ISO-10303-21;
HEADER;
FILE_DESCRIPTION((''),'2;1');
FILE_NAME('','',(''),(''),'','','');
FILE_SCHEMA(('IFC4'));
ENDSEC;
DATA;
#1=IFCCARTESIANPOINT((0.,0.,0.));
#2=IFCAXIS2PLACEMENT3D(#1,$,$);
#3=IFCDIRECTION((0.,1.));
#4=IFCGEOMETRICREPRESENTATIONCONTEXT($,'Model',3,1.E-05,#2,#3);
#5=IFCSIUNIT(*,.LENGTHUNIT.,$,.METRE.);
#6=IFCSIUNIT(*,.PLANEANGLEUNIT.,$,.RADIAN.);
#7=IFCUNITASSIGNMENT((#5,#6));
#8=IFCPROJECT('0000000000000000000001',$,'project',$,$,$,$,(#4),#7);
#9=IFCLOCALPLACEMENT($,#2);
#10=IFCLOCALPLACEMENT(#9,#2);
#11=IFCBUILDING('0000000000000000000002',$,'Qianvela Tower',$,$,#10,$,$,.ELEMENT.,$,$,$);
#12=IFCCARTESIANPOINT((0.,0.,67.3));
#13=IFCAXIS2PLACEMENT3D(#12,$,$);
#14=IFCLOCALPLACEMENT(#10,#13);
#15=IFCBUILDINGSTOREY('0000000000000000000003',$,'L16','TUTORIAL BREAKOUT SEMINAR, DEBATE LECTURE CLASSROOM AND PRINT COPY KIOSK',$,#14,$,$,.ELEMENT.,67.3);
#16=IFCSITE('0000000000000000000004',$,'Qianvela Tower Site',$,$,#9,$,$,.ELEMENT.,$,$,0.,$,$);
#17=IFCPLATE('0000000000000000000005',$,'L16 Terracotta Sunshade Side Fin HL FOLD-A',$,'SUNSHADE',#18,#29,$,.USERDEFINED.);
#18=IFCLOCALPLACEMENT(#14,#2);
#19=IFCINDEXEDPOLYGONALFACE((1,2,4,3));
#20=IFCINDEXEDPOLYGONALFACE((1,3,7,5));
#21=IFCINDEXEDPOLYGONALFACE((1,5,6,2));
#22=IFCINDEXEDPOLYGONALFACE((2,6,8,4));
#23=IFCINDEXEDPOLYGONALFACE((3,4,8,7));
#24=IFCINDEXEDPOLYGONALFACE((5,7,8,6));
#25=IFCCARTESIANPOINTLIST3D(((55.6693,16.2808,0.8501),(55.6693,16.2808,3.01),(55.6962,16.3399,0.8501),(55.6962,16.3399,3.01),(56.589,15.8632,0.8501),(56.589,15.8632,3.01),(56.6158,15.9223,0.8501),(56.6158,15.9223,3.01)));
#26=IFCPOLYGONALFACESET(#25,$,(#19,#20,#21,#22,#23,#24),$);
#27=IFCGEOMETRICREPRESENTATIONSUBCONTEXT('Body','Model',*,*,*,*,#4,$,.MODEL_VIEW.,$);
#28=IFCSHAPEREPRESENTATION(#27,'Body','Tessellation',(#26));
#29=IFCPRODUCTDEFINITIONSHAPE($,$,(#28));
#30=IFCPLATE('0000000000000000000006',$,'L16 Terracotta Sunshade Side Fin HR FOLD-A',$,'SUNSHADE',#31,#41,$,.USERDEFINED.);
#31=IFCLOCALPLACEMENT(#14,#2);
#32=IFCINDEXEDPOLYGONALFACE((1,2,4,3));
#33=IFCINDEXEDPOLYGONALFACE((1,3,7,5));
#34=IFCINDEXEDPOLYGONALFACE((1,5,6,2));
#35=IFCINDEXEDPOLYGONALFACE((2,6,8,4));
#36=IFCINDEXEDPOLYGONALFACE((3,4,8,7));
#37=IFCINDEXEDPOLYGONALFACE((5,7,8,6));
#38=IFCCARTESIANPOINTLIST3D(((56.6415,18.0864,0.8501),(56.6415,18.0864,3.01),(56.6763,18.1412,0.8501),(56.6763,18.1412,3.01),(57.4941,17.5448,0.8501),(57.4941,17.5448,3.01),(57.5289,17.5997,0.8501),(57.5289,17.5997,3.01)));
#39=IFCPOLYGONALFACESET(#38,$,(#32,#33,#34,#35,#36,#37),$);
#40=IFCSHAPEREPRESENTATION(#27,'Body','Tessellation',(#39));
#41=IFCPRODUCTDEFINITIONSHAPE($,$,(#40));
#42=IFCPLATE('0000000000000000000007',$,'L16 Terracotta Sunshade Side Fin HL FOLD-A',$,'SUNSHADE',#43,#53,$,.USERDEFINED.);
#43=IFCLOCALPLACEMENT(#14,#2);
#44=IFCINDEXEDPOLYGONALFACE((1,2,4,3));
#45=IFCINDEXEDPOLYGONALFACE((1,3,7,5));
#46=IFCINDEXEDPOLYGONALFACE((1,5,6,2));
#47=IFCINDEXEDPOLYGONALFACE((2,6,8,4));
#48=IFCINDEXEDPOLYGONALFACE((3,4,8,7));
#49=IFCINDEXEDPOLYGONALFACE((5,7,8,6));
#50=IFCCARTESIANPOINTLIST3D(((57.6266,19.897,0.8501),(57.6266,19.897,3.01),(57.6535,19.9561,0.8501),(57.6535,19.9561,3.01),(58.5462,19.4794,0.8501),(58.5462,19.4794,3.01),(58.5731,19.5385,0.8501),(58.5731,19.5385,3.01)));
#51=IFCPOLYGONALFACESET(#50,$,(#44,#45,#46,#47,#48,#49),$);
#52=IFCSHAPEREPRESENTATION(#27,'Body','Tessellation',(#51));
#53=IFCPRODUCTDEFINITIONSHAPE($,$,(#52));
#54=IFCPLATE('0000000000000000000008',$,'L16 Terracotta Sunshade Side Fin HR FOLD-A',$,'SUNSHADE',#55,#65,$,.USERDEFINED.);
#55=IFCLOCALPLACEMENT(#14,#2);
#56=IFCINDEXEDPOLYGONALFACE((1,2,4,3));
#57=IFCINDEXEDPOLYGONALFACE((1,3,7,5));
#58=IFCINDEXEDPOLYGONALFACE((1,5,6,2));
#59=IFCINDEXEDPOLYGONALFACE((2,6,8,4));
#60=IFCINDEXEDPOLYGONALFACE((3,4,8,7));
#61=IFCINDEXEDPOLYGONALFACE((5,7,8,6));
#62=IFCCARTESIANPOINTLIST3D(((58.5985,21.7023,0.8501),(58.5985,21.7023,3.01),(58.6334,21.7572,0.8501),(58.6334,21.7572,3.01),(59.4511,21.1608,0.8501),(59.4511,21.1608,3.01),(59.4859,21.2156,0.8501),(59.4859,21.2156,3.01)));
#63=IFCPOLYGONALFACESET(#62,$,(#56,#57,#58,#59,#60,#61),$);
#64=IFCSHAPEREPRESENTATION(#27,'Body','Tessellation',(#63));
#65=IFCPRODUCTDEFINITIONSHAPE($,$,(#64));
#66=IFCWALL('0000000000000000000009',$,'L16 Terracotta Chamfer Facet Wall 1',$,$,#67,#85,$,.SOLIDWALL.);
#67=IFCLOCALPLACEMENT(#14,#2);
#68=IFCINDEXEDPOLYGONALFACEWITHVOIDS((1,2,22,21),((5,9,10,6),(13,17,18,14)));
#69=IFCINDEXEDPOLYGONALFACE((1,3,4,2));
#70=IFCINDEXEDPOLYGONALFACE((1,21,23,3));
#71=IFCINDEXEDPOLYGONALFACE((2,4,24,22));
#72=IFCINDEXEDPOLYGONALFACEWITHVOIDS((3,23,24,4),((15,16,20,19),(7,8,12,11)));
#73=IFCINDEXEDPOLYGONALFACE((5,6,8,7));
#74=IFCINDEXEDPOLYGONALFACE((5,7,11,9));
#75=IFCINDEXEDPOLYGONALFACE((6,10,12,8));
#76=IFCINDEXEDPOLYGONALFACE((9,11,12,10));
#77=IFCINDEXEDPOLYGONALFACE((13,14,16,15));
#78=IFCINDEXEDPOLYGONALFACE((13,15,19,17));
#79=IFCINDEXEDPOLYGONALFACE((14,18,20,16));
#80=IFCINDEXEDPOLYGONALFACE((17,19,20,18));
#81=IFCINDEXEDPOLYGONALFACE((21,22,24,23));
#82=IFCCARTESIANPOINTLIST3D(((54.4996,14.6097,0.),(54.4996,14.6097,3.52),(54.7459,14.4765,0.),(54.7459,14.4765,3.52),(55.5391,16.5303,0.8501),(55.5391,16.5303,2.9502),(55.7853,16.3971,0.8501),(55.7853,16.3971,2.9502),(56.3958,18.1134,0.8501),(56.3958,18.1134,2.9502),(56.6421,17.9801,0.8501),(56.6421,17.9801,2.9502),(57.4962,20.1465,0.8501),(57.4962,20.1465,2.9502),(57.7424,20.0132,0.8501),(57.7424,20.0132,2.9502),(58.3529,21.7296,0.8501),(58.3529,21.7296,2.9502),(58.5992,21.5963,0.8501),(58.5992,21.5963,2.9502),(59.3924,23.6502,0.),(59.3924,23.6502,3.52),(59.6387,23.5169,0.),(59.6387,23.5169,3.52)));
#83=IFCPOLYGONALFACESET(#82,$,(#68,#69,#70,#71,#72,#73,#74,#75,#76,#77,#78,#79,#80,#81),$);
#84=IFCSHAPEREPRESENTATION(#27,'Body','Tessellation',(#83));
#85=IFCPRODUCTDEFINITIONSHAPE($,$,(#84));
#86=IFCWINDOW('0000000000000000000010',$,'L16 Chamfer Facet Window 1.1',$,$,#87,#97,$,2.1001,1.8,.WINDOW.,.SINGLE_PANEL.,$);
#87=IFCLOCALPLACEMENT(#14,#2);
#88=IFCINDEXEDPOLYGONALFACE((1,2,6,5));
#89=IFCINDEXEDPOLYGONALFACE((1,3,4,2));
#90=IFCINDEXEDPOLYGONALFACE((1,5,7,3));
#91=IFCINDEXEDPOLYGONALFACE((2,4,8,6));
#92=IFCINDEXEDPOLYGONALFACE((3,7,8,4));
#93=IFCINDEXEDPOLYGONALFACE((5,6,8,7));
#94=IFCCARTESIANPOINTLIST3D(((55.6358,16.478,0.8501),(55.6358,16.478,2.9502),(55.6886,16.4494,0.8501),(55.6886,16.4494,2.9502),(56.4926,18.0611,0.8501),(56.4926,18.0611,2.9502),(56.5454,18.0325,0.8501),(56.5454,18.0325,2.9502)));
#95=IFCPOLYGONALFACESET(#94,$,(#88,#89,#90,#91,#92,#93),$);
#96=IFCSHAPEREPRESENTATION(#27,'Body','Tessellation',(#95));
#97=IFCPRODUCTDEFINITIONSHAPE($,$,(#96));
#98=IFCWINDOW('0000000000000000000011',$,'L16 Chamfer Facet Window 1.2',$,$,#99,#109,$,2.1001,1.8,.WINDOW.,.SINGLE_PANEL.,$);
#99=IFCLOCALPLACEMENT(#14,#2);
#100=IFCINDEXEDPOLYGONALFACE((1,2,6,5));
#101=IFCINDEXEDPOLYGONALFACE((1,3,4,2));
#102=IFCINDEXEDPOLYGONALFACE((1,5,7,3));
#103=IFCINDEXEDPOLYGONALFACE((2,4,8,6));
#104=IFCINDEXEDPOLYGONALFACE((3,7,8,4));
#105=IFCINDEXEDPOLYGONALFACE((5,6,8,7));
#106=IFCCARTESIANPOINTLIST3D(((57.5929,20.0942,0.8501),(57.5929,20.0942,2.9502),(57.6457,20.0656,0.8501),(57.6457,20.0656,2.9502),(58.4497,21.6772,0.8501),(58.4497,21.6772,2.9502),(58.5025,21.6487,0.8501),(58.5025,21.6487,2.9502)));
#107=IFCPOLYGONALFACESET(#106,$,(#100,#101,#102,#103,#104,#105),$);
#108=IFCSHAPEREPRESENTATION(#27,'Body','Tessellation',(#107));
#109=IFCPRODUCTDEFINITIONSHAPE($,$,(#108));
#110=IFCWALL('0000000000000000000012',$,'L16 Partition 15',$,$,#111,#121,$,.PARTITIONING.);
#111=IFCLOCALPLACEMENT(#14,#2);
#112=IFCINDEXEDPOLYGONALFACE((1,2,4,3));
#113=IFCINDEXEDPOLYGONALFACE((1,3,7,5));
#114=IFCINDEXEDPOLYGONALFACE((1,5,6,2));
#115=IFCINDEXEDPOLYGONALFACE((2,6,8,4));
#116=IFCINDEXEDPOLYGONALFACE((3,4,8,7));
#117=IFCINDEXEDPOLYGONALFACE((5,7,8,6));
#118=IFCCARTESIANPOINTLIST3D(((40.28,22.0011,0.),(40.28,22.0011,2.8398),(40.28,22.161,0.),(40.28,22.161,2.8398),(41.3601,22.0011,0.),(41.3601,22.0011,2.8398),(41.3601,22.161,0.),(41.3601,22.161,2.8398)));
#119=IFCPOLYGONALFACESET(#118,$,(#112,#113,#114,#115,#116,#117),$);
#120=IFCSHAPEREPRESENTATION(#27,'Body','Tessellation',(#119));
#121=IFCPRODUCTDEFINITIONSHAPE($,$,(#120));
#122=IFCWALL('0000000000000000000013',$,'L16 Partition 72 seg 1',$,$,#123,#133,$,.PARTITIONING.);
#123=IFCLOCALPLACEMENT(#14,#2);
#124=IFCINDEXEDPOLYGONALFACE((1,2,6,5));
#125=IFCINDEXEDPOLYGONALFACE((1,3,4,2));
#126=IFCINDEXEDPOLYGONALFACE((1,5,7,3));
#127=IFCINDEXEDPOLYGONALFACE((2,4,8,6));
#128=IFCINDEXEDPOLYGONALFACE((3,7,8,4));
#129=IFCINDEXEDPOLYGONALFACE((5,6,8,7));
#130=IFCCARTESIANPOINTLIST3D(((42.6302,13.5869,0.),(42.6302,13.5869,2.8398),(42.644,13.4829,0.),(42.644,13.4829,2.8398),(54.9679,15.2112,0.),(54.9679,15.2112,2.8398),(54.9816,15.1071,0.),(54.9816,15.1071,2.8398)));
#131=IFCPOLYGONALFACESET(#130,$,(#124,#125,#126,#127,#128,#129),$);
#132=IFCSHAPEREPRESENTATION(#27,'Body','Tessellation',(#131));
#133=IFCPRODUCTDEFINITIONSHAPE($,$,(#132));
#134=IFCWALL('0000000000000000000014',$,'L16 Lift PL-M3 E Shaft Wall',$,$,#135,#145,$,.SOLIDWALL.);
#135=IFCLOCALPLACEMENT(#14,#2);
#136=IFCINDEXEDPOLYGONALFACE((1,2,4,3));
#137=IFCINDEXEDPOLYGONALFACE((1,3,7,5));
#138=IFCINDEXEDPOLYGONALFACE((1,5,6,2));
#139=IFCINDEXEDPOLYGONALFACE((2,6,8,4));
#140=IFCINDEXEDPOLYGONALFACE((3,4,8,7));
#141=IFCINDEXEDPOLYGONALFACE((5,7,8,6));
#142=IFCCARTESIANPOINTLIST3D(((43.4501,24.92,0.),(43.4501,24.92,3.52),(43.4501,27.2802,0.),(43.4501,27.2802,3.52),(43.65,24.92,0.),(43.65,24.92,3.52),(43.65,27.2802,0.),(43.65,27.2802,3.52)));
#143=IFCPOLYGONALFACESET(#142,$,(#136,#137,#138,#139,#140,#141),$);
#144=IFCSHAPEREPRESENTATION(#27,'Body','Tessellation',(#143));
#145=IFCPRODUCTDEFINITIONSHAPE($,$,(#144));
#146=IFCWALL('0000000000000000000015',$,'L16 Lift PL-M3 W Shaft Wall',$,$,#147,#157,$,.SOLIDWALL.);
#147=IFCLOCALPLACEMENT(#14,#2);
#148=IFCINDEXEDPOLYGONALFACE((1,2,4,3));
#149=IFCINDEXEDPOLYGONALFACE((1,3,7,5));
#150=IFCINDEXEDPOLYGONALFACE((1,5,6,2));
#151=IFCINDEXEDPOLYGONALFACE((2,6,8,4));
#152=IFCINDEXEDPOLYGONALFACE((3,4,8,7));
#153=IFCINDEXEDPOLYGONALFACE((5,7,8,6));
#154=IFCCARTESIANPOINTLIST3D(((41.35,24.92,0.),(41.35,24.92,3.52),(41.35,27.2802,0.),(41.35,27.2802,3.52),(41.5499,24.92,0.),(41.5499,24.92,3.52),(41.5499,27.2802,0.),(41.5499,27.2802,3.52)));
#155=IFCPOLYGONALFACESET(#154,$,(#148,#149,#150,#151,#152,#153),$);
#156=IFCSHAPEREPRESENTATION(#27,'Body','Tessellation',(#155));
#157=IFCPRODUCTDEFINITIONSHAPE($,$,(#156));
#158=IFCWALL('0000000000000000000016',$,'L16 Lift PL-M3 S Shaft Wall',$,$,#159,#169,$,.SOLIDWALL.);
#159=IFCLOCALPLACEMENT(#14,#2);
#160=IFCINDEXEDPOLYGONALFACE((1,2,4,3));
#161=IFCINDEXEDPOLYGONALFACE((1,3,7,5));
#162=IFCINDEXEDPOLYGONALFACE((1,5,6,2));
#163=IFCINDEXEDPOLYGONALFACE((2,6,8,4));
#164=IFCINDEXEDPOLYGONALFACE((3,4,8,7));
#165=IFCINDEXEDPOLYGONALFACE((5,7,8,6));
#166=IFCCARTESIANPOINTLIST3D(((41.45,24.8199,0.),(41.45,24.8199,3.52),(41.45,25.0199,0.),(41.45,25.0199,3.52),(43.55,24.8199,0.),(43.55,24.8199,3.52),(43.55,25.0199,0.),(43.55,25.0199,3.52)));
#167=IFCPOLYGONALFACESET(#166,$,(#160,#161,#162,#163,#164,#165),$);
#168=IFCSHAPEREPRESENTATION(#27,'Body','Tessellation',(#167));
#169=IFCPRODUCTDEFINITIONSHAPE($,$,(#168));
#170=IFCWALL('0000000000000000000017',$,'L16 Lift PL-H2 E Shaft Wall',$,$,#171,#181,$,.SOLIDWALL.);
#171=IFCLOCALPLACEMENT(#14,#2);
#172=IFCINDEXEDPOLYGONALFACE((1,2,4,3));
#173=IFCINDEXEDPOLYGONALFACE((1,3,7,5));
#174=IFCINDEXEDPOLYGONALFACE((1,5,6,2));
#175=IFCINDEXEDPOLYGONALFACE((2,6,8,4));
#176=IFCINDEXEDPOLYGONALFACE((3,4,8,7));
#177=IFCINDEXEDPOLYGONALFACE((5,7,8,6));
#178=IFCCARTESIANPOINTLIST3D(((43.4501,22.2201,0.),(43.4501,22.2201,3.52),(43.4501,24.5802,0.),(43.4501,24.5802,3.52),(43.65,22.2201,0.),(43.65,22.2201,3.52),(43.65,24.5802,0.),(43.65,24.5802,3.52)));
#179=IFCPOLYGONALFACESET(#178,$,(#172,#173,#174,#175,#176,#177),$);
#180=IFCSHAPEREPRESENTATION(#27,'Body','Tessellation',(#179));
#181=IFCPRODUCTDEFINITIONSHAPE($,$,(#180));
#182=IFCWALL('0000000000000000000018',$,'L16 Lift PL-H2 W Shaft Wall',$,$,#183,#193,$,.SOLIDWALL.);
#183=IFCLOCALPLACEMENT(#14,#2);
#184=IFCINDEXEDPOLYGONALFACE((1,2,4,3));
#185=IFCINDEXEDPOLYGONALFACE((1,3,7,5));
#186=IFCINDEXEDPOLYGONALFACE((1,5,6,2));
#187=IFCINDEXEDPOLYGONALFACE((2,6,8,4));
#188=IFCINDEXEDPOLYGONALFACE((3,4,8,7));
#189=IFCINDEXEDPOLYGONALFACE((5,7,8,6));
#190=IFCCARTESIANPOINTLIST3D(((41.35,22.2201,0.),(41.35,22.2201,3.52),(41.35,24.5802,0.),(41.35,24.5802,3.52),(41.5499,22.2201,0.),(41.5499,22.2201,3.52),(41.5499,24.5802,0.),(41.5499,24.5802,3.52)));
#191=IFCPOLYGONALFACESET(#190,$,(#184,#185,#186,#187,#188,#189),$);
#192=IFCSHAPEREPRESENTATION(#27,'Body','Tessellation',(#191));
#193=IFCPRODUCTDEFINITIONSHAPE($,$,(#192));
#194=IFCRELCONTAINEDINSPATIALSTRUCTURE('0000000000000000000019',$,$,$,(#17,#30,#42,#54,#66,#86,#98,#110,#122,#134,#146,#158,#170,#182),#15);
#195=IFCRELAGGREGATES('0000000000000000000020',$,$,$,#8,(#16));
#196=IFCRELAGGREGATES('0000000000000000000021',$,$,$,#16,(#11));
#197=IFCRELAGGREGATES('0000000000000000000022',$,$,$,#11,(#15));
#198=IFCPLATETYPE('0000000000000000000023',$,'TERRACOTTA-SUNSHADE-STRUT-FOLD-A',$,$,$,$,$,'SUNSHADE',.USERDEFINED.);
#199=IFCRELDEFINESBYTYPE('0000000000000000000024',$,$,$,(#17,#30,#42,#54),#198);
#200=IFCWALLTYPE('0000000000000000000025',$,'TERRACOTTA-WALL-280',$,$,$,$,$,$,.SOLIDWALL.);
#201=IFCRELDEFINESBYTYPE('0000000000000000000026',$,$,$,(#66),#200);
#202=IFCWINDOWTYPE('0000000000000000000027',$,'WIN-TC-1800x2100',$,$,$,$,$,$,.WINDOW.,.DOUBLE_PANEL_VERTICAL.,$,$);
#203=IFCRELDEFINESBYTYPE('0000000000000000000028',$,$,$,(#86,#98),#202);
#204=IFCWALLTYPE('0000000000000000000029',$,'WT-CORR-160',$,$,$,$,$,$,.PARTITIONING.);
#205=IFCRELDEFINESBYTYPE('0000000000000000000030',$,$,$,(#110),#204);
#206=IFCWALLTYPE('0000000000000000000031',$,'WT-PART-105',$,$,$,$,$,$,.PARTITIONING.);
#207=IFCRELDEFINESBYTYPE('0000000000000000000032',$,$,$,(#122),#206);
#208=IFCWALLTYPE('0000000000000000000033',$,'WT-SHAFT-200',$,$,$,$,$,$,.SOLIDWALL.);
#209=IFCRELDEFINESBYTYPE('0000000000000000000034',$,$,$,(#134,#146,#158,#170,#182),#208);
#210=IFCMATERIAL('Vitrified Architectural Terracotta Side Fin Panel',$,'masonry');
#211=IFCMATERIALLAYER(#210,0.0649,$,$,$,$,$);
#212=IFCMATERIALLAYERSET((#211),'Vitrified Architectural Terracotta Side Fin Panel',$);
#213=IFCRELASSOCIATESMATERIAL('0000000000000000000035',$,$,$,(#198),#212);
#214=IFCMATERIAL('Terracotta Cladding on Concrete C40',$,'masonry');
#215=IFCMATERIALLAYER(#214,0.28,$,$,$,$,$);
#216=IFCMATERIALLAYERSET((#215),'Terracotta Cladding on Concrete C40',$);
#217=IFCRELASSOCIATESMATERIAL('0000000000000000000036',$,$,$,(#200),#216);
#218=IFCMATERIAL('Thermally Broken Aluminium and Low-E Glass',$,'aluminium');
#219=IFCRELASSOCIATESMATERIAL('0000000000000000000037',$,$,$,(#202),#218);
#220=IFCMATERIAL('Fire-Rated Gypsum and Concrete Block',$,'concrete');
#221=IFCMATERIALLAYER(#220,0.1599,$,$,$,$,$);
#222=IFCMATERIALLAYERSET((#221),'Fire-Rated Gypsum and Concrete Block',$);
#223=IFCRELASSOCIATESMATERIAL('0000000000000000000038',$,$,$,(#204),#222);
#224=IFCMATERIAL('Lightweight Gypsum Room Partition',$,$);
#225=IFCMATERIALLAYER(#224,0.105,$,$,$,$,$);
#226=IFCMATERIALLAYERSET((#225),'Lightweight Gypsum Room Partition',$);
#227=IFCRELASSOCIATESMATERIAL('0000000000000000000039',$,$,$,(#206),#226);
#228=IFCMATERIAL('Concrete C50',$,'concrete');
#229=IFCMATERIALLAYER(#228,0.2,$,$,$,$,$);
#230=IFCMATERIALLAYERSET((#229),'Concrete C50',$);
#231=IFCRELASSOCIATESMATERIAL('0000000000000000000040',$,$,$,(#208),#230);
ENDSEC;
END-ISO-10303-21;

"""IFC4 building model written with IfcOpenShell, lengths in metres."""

from ifc_helpers import new_model, si_unit, direction, frame, frame_2d, origin, origin_2d, place, context, subcontext, project, spatial, rectangle, extrude, material, layer, layer_set, type_object, element, fill, save


model = new_model("IFC4")

# Units and contexts
model_context = context("Model", 3, precision=1e-05, world=origin(), true_north=direction((0.0, 1.0)))
body_context = subcontext(model_context, "Body", "Model", "MODEL_VIEW")
ifc_project = project(units=[si_unit("LENGTHUNIT", "METRE"), si_unit("PLANEANGLEUNIT", "RADIAN")], contexts=[model_context])

# Site, building, storey
site_placement = place(None, origin())
site = spatial("IfcSite", under=ifc_project, at=site_placement, Name="Qianvela Tower Site", CompositionType="ELEMENT", RefElevation=0.0)
building_placement = place(site_placement, origin())
building = spatial("IfcBuilding", under=site, at=building_placement, Name="Qianvela Tower", CompositionType="ELEMENT")
storey_placement = place(building_placement, frame((0.0, 0.0, 67.3)))
storey = spatial("IfcBuildingStorey", under=building, at=storey_placement, Name="L16", Description="TUTORIAL BREAKOUT SEMINAR, DEBATE LECTURE CLASSROOM AND PRINT COPY KIOSK", CompositionType="ELEMENT", Elevation=67.3)

# Plates
ifc_material_1 = material(Name="Vitrified Architectural Terracotta Side Fin Panel", Category="masonry")
ifc_layer_1 = layer(ifc_material_1, 0.0649)
ifc_layer_set_1 = layer_set([ifc_layer_1], Name="Vitrified Architectural Terracotta Side Fin Panel")
plate_type_1 = type_object("IfcPlateType", Name="TERRACOTTA-SUNSHADE-STRUT-FOLD-A", ElementType="SUNSHADE", PredefinedType="USERDEFINED", material=ifc_layer_set_1)
for number, where, z_axis, x_axis, name in (
    (1, (56.1426, 16.1016, 0.8501), (0.0, 0.0, 1.0), (0.413476, 0.910515, 0.0), "L16 Terracotta Sunshade Side Fin HL FOLD-A"),
    (2, (57.0852, 17.843, 0.8501), (0.0, 0.0, 1.0), (0.536172, 0.844109, 0.0), "L16 Terracotta Sunshade Side Fin HR FOLD-A"),
    (3, (58.0999, 19.7178, 0.8501), (0.0, 0.0, 1.0), (0.413476, 0.910515, 0.0), "L16 Terracotta Sunshade Side Fin HL FOLD-A"),
    (4, (59.0422, 21.459, 0.8501), (0.0, 0.0, 1.0), (0.536172, 0.844109, 0.0), "L16 Terracotta Sunshade Side Fin HR FOLD-A"),
):
    element("IfcPlate", number, at=place(storey_placement, frame(where, z_axis=z_axis, x_axis=x_axis)), inside=storey, type_object=plate_type_1, Name=name, ObjectType="SUNSHADE", PredefinedType="USERDEFINED", context=body_context, shape_type="SweptSolid", body=[
        extrude(rectangle(XDim=0.0649, YDim=1.01, at=origin_2d()), origin(), (0.0, 0.0, 1.0), 2.1599),
    ])

# Wall, openings, windows
ifc_material_2 = material(Name="Terracotta Cladding on Concrete C40", Category="masonry")
ifc_layer_2 = layer(ifc_material_2, 0.28)
ifc_layer_set_2 = layer_set([ifc_layer_2], Name="Terracotta Cladding on Concrete C40")
wall_type_1 = type_object("IfcWallType", Name="TERRACOTTA-WALL-280", PredefinedType="SOLIDWALL", material=ifc_layer_set_2)
wall_1_placement = place(storey_placement, frame((54.6228, 14.5432, 0.0), z_axis=(0.0, 0.0, 1.0), x_axis=(0.475972, 0.87946, 0.0)))
wall_1 = element("IfcWall", 5, at=wall_1_placement, inside=storey, type_object=wall_type_1, Name="L16 Terracotta Chamfer Facet Wall 1", PredefinedType="SOLIDWALL", context=body_context, shape_type="SweptSolid", body=[
    extrude(rectangle(XDim=10.2795, YDim=0.28, at=frame_2d((5.1396, 0.0))), origin(), (0.0, 0.0, 1.0), 3.52),
])
opening_1_placement = place(wall_1_placement, frame((2.1838, 0.0, 0.8501)))
opening_1 = element("IfcOpeningElement", 6, at=opening_1_placement, cuts=wall_1, PredefinedType="OPENING", context=body_context, shape_type="SweptSolid", body=[
    extrude(rectangle(XDim=1.8, YDim=2.1001, at=frame_2d((0.8999, 1.05))), frame((0.0, 0.1499, 0.0), z_axis=(0.0, -1.0, 0.0), x_axis=(1.0, 0.0, 0.0)), (0.0, 0.0, 1.0), 0.3),
])
opening_2_placement = place(wall_1_placement, frame((6.2957, 0.0, 0.8501)))
opening_2 = element("IfcOpeningElement", 7, at=opening_2_placement, cuts=wall_1, PredefinedType="OPENING", context=body_context, shape_type="SweptSolid", body=[
    extrude(rectangle(XDim=1.8, YDim=2.1001, at=frame_2d((0.8999, 1.05))), frame((0.0, 0.1499, 0.0), z_axis=(0.0, -1.0, 0.0), x_axis=(1.0, 0.0, 0.0)), (0.0, 0.0, 1.0), 0.3),
])
ifc_material_3 = material(Name="Thermally Broken Aluminium and Low-E Glass", Category="aluminium")
window_type = type_object("IfcWindowType", Name="WIN-TC-1800x2100", PartitioningType="DOUBLE_PANEL_VERTICAL", PredefinedType="WINDOW", material=ifc_material_3)
window_1_placement = place(opening_1_placement, origin())
window_1 = element("IfcWindow", 8, at=window_1_placement, inside=storey, type_object=window_type, Name="L16 Chamfer Facet Window 1.1", OverallHeight=2.1001, OverallWidth=1.8, PartitioningType="SINGLE_PANEL", PredefinedType="WINDOW", context=body_context, shape_type="SweptSolid", body=[
    extrude(rectangle(XDim=1.8, YDim=2.1001, at=frame_2d((0.8999, 1.05))), frame((0.0, 0.03, 0.0), z_axis=(0.0, -1.0, 0.0), x_axis=(1.0, 0.0, 0.0)), (0.0, 0.0, 1.0), 0.0601),
])
fill(opening_1, window_1)
window_2_placement = place(opening_2_placement, origin())
window_2 = element("IfcWindow", 9, at=window_2_placement, inside=storey, type_object=window_type, Name="L16 Chamfer Facet Window 1.2", OverallHeight=2.1001, OverallWidth=1.8, PartitioningType="SINGLE_PANEL", PredefinedType="WINDOW", context=body_context, shape_type="SweptSolid", body=[
    extrude(rectangle(XDim=1.8, YDim=2.1001, at=frame_2d((0.8999, 1.05))), frame((0.0, 0.03, 0.0), z_axis=(0.0, -1.0, 0.0), x_axis=(1.0, 0.0, 0.0)), (0.0, 0.0, 1.0), 0.0601),
])
fill(opening_2, window_2)

# Walls
ifc_material_4 = material(Name="Fire-Rated Gypsum and Concrete Block", Category="concrete")
ifc_layer_3 = layer(ifc_material_4, 0.1599)
ifc_layer_set_3 = layer_set([ifc_layer_3], Name="Fire-Rated Gypsum and Concrete Block")
wall_type_2 = type_object("IfcWallType", Name="WT-CORR-160", PredefinedType="PARTITIONING", material=ifc_layer_set_3)
wall_2_placement = place(storey_placement, frame((41.3601, 22.0811, 0.0), z_axis=(0.0, 0.0, 1.0), x_axis=(-1.0, 0.0, 0.0)))
element("IfcWall", 10, at=wall_2_placement, inside=storey, type_object=wall_type_2, Name="L16 Partition 15", PredefinedType="PARTITIONING", context=body_context, shape_type="SweptSolid", body=[
    extrude(rectangle(XDim=1.0801, YDim=0.1599, at=frame_2d((0.54, 0.0))), origin(), (0.0, 0.0, 1.0), 2.8398),
])
ifc_material_5 = material(Name="Lightweight Gypsum Room Partition")
ifc_layer_4 = layer(ifc_material_5, 0.105)
ifc_layer_set_4 = layer_set([ifc_layer_4], Name="Lightweight Gypsum Room Partition")
wall_type_3 = type_object("IfcWallType", Name="WT-PART-105", PredefinedType="PARTITIONING", material=ifc_layer_set_4)
wall_3_placement = place(storey_placement, frame((54.9749, 15.1592, 0.0), z_axis=(0.0, 0.0, 1.0), x_axis=(-0.991445, -0.130525, 0.0)))
element("IfcWall", 11, at=wall_3_placement, inside=storey, type_object=wall_type_3, Name="L16 Partition 72 seg 1", PredefinedType="PARTITIONING", context=body_context, shape_type="SweptSolid", body=[
    extrude(rectangle(XDim=12.4441, YDim=0.105, at=frame_2d((6.2222, 0.0))), origin(), (0.0, 0.0, 1.0), 2.8398),
])
ifc_material_6 = material(Name="Concrete C50", Category="concrete")
ifc_layer_5 = layer(ifc_material_6, 0.2)
ifc_layer_set_5 = layer_set([ifc_layer_5], Name="Concrete C50")
wall_type_4 = type_object("IfcWallType", Name="WT-SHAFT-200", PredefinedType="SOLIDWALL", material=ifc_layer_set_5)
for number, where, z_axis, x_axis, name in (
    (12, (43.55, 24.9199, 0.0), (0.0, 0.0, 1.0), (0.0, 1.0, 0.0), "L16 Lift PL-M3 E Shaft Wall"),
    (13, (41.45, 24.9199, 0.0), (0.0, 0.0, 1.0), (0.0, 1.0, 0.0), "L16 Lift PL-M3 W Shaft Wall"),
):
    element("IfcWall", number, at=place(storey_placement, frame(where, z_axis=z_axis, x_axis=x_axis)), inside=storey, type_object=wall_type_4, Name=name, PredefinedType="SOLIDWALL", context=body_context, shape_type="SweptSolid", body=[
        extrude(rectangle(XDim=2.3601, YDim=0.2, at=frame_2d((1.1802, 0.0))), origin(), (0.0, 0.0, 1.0), 3.52),
    ])
wall_4_placement = place(storey_placement, frame((41.45, 24.9199, 0.0), z_axis=(0.0, 0.0, 1.0), x_axis=(1.0, 0.0, 0.0)))
element("IfcWall", 14, at=wall_4_placement, inside=storey, type_object=wall_type_4, Name="L16 Lift PL-M3 S Shaft Wall", PredefinedType="SOLIDWALL", context=body_context, shape_type="SweptSolid", body=[
    extrude(rectangle(XDim=2.1001, YDim=0.2, at=frame_2d((1.05, 0.0))), origin(), (0.0, 0.0, 1.0), 3.52),
])
for number, where, z_axis, x_axis, name in (
    (15, (43.55, 22.22, 0.0), (0.0, 0.0, 1.0), (0.0, 1.0, 0.0), "L16 Lift PL-H2 E Shaft Wall"),
    (16, (41.45, 22.22, 0.0), (0.0, 0.0, 1.0), (0.0, 1.0, 0.0), "L16 Lift PL-H2 W Shaft Wall"),
):
    element("IfcWall", number, at=place(storey_placement, frame(where, z_axis=z_axis, x_axis=x_axis)), inside=storey, type_object=wall_type_4, Name=name, PredefinedType="SOLIDWALL", context=body_context, shape_type="SweptSolid", body=[
        extrude(rectangle(XDim=2.3601, YDim=0.2, at=frame_2d((1.1802, 0.0))), origin(), (0.0, 0.0, 1.0), 3.52),
    ])

save(model, "model.ifc")
